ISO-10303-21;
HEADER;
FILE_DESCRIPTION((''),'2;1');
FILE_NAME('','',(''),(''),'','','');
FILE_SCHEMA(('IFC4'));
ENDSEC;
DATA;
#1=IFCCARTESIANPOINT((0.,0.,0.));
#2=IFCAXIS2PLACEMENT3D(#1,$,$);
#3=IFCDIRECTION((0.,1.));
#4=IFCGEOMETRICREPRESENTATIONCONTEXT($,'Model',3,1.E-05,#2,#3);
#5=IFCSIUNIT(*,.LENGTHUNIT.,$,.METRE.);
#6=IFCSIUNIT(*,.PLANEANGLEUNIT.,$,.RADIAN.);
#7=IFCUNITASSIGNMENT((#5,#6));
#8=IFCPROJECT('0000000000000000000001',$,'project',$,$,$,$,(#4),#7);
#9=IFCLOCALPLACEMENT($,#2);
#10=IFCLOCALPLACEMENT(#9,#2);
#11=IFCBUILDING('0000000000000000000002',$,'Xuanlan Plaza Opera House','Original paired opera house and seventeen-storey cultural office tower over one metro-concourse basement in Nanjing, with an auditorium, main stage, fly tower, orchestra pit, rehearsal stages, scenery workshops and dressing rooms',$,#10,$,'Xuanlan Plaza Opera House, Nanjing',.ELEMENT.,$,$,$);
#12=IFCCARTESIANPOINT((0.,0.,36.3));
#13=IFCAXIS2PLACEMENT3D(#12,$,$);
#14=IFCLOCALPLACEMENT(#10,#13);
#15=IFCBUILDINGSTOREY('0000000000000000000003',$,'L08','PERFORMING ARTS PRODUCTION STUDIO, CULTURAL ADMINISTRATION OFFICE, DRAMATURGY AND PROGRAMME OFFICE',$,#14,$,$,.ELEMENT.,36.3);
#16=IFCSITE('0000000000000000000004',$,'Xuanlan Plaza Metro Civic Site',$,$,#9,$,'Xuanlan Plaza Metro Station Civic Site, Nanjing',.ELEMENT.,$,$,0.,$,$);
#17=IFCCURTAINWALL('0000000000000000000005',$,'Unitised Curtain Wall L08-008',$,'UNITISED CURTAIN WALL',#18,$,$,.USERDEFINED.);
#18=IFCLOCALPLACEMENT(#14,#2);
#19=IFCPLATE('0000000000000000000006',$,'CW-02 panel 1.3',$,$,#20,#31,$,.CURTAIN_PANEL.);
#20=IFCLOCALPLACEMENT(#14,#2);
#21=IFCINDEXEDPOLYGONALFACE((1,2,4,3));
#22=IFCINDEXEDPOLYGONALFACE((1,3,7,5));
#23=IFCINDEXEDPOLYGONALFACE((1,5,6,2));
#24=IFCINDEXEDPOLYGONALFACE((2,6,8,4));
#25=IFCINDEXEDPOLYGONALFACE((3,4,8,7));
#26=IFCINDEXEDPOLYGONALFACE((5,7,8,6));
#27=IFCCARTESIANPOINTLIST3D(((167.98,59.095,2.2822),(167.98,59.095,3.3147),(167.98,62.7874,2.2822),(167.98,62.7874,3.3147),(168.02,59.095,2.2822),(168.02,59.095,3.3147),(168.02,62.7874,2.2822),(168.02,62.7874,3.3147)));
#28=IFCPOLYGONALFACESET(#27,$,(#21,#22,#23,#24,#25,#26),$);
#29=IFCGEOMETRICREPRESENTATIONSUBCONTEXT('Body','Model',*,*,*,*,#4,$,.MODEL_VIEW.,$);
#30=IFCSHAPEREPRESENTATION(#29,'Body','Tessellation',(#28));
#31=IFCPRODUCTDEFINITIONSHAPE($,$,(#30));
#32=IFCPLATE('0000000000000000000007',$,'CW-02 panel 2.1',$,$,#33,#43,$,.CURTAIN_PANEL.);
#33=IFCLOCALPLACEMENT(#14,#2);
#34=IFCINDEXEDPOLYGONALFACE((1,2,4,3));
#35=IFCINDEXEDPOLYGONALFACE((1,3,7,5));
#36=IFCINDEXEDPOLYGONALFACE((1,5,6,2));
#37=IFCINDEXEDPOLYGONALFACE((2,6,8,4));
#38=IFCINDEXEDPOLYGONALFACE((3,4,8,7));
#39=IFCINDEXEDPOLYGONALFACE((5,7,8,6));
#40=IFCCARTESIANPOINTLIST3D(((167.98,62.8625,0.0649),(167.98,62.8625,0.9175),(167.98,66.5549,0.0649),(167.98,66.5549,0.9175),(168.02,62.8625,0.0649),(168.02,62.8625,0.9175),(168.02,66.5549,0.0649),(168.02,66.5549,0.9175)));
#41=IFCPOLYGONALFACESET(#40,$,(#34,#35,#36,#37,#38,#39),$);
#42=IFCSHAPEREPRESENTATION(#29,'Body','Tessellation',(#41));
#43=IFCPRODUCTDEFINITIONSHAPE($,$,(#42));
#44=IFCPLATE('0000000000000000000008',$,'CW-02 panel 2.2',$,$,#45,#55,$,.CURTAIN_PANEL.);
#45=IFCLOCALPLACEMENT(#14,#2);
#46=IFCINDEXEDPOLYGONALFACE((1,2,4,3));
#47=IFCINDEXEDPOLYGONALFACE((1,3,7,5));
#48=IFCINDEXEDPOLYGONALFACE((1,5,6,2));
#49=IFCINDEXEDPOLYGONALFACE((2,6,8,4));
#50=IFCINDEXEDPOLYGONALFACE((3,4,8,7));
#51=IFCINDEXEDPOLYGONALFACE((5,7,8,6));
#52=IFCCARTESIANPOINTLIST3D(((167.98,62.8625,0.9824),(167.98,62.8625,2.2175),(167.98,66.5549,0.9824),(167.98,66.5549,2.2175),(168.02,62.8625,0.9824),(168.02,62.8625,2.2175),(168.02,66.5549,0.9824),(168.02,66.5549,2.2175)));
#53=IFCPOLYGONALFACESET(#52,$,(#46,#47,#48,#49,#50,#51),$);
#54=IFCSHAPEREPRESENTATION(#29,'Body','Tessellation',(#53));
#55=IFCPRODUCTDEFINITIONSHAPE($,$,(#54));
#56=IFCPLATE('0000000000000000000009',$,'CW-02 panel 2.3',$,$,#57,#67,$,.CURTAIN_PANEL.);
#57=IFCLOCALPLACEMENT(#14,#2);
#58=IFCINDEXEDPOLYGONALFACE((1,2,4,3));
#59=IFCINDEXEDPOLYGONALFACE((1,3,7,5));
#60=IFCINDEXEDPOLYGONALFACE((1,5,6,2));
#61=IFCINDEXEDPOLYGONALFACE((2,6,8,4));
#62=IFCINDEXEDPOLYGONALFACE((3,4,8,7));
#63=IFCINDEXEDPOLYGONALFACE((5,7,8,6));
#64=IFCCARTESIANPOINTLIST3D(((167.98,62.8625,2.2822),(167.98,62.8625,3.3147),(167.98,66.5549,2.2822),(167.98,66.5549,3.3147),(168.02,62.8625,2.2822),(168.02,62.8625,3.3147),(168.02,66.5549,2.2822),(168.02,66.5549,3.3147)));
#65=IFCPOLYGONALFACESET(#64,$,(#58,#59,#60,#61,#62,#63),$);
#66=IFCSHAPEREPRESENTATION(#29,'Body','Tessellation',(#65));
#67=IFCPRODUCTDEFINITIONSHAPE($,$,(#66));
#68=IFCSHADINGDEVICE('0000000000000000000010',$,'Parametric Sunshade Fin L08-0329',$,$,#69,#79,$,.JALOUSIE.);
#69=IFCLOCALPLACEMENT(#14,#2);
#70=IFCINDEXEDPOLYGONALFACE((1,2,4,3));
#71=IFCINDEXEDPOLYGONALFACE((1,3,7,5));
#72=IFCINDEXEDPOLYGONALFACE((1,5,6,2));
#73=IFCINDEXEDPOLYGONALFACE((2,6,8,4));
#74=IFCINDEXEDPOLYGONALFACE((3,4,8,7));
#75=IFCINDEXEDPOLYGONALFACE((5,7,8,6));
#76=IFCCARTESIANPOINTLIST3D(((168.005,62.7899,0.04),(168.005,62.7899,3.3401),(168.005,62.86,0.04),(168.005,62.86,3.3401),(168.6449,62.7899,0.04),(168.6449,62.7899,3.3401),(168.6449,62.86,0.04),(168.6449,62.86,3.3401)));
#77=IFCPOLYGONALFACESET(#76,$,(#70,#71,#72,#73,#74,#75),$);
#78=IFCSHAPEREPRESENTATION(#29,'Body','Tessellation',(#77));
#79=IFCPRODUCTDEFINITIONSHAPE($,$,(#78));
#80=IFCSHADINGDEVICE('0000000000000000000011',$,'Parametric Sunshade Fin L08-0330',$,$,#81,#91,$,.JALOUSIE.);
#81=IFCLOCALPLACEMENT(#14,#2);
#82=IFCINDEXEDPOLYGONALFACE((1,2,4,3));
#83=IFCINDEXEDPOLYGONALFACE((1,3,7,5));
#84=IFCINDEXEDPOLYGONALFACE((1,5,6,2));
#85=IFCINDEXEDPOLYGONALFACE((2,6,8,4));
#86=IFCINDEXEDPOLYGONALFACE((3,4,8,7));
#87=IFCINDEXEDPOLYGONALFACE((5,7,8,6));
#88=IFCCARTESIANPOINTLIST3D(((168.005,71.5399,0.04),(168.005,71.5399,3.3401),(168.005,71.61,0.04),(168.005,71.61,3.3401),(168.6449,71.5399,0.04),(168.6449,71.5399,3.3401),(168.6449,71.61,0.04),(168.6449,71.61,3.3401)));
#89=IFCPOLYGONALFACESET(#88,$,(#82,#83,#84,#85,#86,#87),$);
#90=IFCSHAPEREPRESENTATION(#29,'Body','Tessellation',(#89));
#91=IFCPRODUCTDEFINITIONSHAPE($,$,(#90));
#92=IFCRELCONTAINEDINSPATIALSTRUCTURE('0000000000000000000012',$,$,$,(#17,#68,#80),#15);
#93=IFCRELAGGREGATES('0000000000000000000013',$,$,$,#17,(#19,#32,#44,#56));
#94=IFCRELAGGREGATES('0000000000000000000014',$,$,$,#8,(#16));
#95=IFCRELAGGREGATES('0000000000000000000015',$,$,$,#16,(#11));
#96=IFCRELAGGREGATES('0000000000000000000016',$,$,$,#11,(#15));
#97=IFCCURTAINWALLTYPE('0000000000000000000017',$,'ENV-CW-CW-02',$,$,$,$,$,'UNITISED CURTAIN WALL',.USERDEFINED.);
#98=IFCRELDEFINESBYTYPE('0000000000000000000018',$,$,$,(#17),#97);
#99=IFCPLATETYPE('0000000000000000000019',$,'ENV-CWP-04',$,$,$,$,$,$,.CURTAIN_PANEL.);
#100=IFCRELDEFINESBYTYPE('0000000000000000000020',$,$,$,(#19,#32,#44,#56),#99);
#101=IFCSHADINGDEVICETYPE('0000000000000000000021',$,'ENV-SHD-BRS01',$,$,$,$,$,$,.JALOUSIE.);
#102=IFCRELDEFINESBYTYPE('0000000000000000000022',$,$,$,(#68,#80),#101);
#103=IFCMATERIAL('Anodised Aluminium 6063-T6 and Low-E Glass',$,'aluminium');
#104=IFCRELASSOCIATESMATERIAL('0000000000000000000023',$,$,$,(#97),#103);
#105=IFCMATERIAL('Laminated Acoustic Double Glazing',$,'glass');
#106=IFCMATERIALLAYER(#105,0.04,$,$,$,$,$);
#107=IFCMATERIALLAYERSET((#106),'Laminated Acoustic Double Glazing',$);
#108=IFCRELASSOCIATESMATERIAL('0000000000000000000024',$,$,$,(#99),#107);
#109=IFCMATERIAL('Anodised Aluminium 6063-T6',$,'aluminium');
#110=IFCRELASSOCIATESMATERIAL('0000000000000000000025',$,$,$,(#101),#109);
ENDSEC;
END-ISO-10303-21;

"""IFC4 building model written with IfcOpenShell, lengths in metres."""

from ifc_helpers import new_model, si_unit, direction, frame, origin, origin_2d, place, context, subcontext, project, spatial, rectangle, extrude, material, layer, layer_set, type_object, element, aggregate, save


model = new_model("IFC4")

# Units and contexts
model_context = context("Model", 3, precision=1e-05, world=origin(), true_north=direction((0.0, 1.0)))
body_context = subcontext(model_context, "Body", "Model", "MODEL_VIEW")
ifc_project = project(units=[si_unit("LENGTHUNIT", "METRE"), si_unit("PLANEANGLEUNIT", "RADIAN")], contexts=[model_context])

# Site, building, storey
site_placement = place(None, origin())
site = spatial("IfcSite", under=ifc_project, at=site_placement, Name="Xuanlan Plaza Metro Civic Site", LongName="Xuanlan Plaza Metro Station Civic Site, Nanjing", CompositionType="ELEMENT", RefElevation=0.0)
building_placement = place(site_placement, origin())
building = spatial("IfcBuilding", under=site, at=building_placement, Name="Xuanlan Plaza Opera House", Description="Original paired opera house and seventeen-storey cultural office tower over one metro-concourse basement in Nanjing, with an auditorium, main stage, fly tower, orchestra pit, rehearsal stages, scenery workshops and dressing rooms", LongName="Xuanlan Plaza Opera House, Nanjing", CompositionType="ELEMENT")
storey_placement = place(building_placement, frame((0.0, 0.0, 36.3)))
storey = spatial("IfcBuildingStorey", under=building, at=storey_placement, Name="L08", Description="PERFORMING ARTS PRODUCTION STUDIO, CULTURAL ADMINISTRATION OFFICE, DRAMATURGY AND PROGRAMME OFFICE", CompositionType="ELEMENT", Elevation=36.3)

# Shared definitions
ifc_material_1 = material(Name="Anodised Aluminium 6063-T6 and Low-E Glass", Category="aluminium")
ifc_material_2 = material(Name="Anodised Aluminium 6063-T6", Category="aluminium")

# Curtain wall
curtain_wall_type_1 = type_object("IfcCurtainWallType", Name="ENV-CW-CW-02", ElementType="UNITISED CURTAIN WALL", PredefinedType="USERDEFINED", material=ifc_material_1)
curtain_wall_1_placement = place(storey_placement, origin())
curtain_wall_1 = element("IfcCurtainWall", 1, at=curtain_wall_1_placement, inside=storey, type_object=curtain_wall_type_1, Name="Unitised Curtain Wall L08-008", ObjectType="UNITISED CURTAIN WALL", PredefinedType="USERDEFINED")

# Plates
ifc_material_3 = material(Name="Laminated Acoustic Double Glazing", Category="glass")
ifc_layer_1 = layer(ifc_material_3, 0.04)
ifc_layer_set_1 = layer_set([ifc_layer_1], Name="Laminated Acoustic Double Glazing")
plate_type_1 = type_object("IfcPlateType", Name="ENV-CWP-04", PredefinedType="CURTAIN_PANEL", material=ifc_layer_set_1)
plate_1_placement = place(storey_placement, frame((168.0, 60.9412, 2.2822), z_axis=(0.0, 0.0, 1.0), x_axis=(0.0, 1.0, 0.0)))
plate_1 = element("IfcPlate", 2, at=plate_1_placement, type_object=plate_type_1, Name="CW-02 panel 1.3", PredefinedType="CURTAIN_PANEL", context=body_context, shape_type="SweptSolid", body=[
    extrude(rectangle(XDim=3.6924, YDim=0.04, at=origin_2d()), origin(), (0.0, 0.0, 1.0), 1.0325),
])
plate_2_placement = place(storey_placement, frame((168.0, 64.7087, 0.0649), z_axis=(0.0, 0.0, 1.0), x_axis=(0.0, 1.0, 0.0)))
plate_2 = element("IfcPlate", 3, at=plate_2_placement, type_object=plate_type_1, Name="CW-02 panel 2.1", PredefinedType="CURTAIN_PANEL", context=body_context, shape_type="SweptSolid", body=[
    extrude(rectangle(XDim=3.6924, YDim=0.04, at=origin_2d()), origin(), (0.0, 0.0, 1.0), 0.8525),
])
plate_3_placement = place(storey_placement, frame((168.0, 64.7087, 0.9824), z_axis=(0.0, 0.0, 1.0), x_axis=(0.0, 1.0, 0.0)))
plate_3 = element("IfcPlate", 4, at=plate_3_placement, type_object=plate_type_1, Name="CW-02 panel 2.2", PredefinedType="CURTAIN_PANEL", context=body_context, shape_type="SweptSolid", body=[
    extrude(rectangle(XDim=3.6924, YDim=0.04, at=origin_2d()), origin(), (0.0, 0.0, 1.0), 1.2351),
])
plate_4_placement = place(storey_placement, frame((168.0, 64.7087, 2.2822), z_axis=(0.0, 0.0, 1.0), x_axis=(0.0, 1.0, 0.0)))
plate_4 = element("IfcPlate", 5, at=plate_4_placement, type_object=plate_type_1, Name="CW-02 panel 2.3", PredefinedType="CURTAIN_PANEL", context=body_context, shape_type="SweptSolid", body=[
    extrude(rectangle(XDim=3.6924, YDim=0.04, at=origin_2d()), origin(), (0.0, 0.0, 1.0), 1.0325),
])
aggregate(curtain_wall_1, [plate_1, plate_2, plate_3, plate_4])

# Shading devices
shading_device_type = type_object("IfcShadingDeviceType", Name="ENV-SHD-BRS01", PredefinedType="JALOUSIE", material=ifc_material_2)
for number, where, z_axis, x_axis, name in (
    (6, (168.325, 62.825, 0.04), (0.0, 0.0, 1.0), (1.0, 0.0, 0.0), "Parametric Sunshade Fin L08-0329"),
    (7, (168.325, 71.575, 0.04), (0.0, 0.0, 1.0), (1.0, 0.0, 0.0), "Parametric Sunshade Fin L08-0330"),
):
    element("IfcShadingDevice", number, at=place(storey_placement, frame(where, z_axis=z_axis, x_axis=x_axis)), inside=storey, type_object=shading_device_type, Name=name, PredefinedType="JALOUSIE", context=body_context, shape_type="SweptSolid", body=[
        extrude(rectangle(XDim=0.6399, YDim=0.0701, at=origin_2d()), origin(), (0.0, 0.0, 1.0), 3.3),
    ])

save(model, "model.ifc")
